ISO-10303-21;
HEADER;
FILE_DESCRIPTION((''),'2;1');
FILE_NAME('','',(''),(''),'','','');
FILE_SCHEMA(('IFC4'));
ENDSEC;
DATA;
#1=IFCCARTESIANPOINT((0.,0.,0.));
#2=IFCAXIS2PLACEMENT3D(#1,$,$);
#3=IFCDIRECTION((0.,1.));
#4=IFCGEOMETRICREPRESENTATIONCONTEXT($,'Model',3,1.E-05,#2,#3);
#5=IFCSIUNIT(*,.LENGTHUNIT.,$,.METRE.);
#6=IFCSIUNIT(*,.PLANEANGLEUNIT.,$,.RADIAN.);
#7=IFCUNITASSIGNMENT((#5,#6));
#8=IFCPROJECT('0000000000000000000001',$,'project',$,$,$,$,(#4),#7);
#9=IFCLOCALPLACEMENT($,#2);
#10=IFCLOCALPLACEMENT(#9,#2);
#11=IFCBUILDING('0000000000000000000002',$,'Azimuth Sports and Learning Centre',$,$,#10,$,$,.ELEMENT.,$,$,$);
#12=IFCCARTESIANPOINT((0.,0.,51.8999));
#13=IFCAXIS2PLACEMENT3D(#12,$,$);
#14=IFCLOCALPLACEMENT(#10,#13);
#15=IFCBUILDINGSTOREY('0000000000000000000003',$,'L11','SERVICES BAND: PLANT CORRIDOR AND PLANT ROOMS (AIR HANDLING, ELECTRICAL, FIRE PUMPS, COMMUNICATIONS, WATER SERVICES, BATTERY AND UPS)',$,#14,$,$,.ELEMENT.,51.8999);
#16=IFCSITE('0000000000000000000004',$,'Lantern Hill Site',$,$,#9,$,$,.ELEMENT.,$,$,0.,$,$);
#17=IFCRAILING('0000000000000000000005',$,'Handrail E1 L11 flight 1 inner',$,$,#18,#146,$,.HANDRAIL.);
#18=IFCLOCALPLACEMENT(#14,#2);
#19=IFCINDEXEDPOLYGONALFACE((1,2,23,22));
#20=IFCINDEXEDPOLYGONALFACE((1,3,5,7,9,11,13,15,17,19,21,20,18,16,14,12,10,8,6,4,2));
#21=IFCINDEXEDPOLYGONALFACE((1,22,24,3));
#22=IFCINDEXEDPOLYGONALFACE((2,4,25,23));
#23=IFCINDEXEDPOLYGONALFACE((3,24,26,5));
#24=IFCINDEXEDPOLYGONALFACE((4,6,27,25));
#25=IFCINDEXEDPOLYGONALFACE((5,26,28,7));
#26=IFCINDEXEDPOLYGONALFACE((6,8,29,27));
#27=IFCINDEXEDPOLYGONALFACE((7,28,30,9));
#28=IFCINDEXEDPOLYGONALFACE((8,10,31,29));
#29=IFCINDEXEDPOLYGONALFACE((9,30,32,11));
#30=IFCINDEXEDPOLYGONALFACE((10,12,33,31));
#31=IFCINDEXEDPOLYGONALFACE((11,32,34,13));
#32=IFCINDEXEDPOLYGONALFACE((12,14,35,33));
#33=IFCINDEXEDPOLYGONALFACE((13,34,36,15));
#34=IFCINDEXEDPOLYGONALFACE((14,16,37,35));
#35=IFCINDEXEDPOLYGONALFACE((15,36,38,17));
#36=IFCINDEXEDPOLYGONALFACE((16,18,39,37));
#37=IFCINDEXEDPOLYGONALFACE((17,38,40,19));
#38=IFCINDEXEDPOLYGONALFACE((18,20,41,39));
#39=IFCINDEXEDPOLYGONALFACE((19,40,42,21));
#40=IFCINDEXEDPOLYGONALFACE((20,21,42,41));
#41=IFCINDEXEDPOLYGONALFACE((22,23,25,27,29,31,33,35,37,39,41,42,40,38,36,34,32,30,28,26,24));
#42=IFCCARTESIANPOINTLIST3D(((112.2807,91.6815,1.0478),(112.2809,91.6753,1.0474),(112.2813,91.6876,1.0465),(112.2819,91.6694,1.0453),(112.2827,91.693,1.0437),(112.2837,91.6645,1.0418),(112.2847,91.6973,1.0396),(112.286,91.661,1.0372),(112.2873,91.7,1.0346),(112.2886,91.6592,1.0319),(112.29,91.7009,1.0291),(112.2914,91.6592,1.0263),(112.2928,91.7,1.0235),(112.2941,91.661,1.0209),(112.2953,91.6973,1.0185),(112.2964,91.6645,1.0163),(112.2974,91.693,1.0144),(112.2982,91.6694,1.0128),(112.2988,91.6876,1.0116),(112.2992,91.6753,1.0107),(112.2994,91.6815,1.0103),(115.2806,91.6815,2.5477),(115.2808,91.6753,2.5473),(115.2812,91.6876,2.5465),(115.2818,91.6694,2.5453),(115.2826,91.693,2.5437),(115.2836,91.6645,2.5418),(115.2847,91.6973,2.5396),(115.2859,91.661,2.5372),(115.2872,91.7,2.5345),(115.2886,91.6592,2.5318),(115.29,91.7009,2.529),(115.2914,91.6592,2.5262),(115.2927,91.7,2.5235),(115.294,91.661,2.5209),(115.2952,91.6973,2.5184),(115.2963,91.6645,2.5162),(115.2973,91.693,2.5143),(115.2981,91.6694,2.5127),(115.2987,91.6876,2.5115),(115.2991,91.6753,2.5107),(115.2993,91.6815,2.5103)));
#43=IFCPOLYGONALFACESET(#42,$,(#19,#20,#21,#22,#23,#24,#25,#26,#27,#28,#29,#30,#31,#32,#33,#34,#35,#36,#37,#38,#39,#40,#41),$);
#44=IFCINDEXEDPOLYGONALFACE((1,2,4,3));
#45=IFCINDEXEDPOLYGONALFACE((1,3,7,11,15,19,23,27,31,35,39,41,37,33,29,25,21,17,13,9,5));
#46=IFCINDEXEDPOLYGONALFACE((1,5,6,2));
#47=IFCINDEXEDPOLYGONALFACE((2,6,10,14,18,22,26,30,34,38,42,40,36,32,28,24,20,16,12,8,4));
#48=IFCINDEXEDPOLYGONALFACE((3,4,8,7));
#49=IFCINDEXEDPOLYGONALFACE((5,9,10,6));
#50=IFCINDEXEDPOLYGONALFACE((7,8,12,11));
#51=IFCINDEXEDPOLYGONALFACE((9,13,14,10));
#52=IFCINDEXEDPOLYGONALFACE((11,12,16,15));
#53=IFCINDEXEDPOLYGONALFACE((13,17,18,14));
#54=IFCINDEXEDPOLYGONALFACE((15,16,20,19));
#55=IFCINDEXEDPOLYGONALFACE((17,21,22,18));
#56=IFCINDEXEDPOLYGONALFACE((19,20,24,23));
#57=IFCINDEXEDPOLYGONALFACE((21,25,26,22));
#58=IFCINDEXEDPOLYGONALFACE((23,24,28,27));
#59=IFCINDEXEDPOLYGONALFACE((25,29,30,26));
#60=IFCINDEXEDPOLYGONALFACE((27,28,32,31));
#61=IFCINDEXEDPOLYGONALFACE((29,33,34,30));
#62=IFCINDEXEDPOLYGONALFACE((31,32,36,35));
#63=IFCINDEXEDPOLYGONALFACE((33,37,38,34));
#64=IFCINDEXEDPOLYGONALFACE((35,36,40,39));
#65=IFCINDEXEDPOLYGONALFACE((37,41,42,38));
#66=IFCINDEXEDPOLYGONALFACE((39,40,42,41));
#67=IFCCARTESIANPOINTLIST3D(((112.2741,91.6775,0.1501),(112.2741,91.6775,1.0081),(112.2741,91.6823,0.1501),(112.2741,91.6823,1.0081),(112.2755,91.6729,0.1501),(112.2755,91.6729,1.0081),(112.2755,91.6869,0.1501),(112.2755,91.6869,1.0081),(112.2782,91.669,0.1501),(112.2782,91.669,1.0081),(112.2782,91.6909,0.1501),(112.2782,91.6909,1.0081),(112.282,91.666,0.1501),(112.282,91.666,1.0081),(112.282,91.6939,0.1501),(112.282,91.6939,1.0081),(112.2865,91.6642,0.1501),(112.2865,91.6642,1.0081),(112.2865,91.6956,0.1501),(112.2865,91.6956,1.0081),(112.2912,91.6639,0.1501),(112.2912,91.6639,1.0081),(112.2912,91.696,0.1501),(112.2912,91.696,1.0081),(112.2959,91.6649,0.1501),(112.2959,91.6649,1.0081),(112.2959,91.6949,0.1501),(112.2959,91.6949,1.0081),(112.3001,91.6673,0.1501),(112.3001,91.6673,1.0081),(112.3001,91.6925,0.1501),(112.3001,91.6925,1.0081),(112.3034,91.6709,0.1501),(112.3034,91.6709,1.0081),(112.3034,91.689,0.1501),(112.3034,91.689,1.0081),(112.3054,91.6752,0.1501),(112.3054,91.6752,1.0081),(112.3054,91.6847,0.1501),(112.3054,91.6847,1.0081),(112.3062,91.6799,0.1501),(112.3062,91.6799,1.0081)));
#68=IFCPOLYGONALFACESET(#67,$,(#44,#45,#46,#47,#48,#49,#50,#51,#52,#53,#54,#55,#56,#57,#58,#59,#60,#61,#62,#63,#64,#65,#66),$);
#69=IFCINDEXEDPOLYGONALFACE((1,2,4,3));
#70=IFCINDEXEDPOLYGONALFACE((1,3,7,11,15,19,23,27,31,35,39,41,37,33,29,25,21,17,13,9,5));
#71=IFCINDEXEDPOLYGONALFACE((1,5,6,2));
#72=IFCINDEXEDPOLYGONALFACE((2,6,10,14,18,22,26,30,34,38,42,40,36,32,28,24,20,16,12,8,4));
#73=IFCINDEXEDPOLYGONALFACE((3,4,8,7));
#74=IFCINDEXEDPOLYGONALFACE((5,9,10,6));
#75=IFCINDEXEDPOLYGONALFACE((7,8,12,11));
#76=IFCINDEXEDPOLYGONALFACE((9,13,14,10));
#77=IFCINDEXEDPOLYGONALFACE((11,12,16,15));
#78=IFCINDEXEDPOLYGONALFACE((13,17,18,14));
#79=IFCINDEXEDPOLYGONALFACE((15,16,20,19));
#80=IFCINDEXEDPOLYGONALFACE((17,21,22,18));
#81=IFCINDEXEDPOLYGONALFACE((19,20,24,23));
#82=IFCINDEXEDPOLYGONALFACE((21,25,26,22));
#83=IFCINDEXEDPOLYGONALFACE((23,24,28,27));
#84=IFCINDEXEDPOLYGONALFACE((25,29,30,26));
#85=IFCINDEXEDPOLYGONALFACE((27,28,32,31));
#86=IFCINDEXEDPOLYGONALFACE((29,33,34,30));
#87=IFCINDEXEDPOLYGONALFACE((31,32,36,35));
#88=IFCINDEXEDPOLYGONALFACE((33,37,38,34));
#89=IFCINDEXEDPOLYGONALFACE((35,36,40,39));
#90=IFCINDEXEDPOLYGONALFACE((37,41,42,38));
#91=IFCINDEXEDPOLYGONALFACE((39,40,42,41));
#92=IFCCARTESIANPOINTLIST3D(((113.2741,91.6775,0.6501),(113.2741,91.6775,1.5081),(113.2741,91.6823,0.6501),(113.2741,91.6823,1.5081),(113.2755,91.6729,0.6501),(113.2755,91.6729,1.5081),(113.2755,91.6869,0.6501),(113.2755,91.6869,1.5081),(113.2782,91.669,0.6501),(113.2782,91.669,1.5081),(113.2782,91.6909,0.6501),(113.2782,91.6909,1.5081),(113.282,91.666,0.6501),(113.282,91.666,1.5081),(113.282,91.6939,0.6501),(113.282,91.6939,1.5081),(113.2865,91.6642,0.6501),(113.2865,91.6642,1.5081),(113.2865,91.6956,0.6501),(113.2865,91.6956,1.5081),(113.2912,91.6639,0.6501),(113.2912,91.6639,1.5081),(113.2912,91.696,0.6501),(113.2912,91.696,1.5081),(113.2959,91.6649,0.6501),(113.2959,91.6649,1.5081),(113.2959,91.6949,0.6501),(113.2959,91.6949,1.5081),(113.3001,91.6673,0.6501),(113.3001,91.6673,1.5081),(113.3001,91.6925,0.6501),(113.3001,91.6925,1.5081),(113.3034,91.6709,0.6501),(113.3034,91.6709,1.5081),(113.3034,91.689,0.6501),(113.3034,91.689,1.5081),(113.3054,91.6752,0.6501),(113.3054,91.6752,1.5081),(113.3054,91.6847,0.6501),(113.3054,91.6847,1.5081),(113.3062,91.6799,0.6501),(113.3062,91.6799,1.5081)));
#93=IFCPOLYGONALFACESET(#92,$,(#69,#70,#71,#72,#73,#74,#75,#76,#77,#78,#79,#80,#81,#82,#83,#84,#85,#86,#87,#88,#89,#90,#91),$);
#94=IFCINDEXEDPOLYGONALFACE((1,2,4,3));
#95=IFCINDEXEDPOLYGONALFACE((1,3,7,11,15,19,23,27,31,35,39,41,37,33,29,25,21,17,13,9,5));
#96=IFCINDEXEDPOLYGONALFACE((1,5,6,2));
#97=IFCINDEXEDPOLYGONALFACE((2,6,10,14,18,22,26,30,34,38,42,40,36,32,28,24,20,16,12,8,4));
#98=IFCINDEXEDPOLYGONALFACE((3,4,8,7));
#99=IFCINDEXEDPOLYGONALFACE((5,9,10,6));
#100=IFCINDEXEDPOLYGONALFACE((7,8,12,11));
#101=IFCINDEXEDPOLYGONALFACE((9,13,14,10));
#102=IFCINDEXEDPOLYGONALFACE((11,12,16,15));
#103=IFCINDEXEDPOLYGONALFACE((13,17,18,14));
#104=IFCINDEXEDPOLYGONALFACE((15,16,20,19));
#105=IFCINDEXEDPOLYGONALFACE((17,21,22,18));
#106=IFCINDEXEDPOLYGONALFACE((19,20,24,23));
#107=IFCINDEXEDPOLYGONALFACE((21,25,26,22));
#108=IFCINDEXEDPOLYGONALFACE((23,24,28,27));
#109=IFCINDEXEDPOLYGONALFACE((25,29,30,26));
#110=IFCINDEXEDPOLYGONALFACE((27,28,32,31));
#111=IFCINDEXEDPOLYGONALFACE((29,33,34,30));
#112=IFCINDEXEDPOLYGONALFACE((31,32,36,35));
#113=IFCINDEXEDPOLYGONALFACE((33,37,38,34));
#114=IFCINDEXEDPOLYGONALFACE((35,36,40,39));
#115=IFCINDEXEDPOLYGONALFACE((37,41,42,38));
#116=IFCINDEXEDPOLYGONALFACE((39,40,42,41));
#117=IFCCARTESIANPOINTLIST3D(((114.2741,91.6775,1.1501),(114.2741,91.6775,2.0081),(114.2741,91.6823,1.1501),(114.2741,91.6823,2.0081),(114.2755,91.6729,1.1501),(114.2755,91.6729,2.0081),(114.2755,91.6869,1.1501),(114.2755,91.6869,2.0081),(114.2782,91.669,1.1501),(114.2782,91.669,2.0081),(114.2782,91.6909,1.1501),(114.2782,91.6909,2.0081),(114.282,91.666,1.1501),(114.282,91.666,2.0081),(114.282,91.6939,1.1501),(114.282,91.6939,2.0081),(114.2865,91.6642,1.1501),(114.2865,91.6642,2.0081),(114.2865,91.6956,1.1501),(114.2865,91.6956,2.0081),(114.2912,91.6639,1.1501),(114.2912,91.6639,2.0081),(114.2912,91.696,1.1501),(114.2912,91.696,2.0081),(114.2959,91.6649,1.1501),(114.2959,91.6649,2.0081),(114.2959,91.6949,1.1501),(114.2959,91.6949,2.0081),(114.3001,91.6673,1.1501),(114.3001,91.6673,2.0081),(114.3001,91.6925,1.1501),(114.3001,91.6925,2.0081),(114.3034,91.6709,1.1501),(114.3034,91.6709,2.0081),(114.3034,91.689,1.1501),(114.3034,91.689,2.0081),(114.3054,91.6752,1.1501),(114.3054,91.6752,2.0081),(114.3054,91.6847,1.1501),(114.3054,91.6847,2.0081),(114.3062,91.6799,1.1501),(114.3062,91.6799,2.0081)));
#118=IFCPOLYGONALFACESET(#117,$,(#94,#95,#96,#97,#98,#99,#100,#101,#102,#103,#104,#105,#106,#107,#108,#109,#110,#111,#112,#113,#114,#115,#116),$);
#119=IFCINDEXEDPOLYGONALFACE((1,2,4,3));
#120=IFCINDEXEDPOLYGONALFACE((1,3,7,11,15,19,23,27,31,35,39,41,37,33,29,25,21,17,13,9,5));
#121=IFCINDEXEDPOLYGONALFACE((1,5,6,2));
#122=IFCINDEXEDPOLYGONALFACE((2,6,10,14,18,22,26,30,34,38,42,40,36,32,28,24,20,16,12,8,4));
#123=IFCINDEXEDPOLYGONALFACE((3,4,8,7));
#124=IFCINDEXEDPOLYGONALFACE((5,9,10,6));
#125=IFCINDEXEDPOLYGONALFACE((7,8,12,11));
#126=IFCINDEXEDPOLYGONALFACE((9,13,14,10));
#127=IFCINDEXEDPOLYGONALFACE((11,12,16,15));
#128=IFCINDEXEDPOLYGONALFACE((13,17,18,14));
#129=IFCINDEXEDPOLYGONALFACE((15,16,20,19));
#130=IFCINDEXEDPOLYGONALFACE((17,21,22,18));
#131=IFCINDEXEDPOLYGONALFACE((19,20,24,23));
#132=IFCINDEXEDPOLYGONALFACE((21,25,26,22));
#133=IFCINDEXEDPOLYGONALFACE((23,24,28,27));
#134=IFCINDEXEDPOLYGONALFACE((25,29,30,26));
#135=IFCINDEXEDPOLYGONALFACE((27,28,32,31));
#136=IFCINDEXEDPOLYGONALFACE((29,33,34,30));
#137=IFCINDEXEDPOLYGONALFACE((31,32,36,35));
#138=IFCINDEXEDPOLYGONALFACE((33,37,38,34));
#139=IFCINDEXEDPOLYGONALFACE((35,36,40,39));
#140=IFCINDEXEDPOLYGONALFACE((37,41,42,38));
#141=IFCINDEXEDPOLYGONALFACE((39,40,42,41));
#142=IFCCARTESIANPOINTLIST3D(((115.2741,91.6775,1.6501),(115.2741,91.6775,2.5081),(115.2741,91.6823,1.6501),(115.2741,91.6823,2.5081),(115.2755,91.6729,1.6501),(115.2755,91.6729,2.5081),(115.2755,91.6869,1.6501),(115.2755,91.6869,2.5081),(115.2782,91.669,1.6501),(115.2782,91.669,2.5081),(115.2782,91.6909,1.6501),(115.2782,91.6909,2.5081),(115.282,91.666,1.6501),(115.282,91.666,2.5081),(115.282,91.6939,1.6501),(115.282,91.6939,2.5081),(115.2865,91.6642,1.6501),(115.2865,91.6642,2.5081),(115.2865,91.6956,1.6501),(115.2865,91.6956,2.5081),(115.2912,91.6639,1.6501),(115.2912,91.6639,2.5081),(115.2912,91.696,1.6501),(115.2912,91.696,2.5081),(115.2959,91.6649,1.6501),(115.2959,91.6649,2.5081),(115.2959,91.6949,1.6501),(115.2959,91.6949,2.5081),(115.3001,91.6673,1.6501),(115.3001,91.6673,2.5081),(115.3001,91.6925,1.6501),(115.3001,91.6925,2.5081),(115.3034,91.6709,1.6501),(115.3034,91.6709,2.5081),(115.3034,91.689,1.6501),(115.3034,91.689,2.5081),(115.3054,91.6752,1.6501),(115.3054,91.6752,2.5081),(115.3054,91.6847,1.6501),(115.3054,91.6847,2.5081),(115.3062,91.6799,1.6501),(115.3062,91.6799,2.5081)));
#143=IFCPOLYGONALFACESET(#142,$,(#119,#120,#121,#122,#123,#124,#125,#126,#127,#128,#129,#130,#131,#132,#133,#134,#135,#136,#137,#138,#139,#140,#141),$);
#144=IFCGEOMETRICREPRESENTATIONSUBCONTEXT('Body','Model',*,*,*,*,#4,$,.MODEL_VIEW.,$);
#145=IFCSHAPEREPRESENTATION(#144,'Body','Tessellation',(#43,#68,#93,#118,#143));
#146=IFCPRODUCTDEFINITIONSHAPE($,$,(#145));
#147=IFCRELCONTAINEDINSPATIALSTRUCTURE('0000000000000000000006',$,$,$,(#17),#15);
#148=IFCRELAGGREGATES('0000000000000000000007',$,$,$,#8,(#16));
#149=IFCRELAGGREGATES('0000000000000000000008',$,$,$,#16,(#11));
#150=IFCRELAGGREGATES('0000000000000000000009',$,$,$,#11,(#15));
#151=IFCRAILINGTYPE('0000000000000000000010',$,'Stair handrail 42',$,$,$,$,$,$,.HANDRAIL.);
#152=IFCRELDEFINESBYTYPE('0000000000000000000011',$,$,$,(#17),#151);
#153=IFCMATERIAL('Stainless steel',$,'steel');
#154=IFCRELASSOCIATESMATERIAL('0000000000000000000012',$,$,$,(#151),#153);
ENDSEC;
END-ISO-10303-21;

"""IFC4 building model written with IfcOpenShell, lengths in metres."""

from ifc_helpers import new_model, si_unit, direction, frame, origin, origin_2d, place, context, subcontext, project, spatial, circle, extrude, material, type_object, element, save


model = new_model("IFC4")

# Units and contexts
model_context = context("Model", 3, precision=1e-05, world=origin(), true_north=direction((0.0, 1.0)))
body_context = subcontext(model_context, "Body", "Model", "MODEL_VIEW")
ifc_project = project(units=[si_unit("LENGTHUNIT", "METRE"), si_unit("PLANEANGLEUNIT", "RADIAN")], contexts=[model_context])

# Site, building, storey
site_placement = place(None, origin())
site = spatial("IfcSite", under=ifc_project, at=site_placement, Name="Lantern Hill Site", CompositionType="ELEMENT", RefElevation=0.0)
building_placement = place(site_placement, origin())
building = spatial("IfcBuilding", under=site, at=building_placement, Name="Azimuth Sports and Learning Centre", CompositionType="ELEMENT")
storey_placement = place(building_placement, frame((0.0, 0.0, 51.8999)))
storey = spatial("IfcBuildingStorey", under=building, at=storey_placement, Name="L11", Description="SERVICES BAND: PLANT CORRIDOR AND PLANT ROOMS (AIR HANDLING, ELECTRICAL, FIRE PUMPS, COMMUNICATIONS, WATER SERVICES, BATTERY AND UPS)", CompositionType="ELEMENT", Elevation=51.8999)

# Railing
ifc_material_1 = material(Name="Stainless steel", Category="steel")
railing_type = type_object("IfcRailingType", Name="Stair handrail 42", PredefinedType="HANDRAIL", material=ifc_material_1)
railing_placement = place(storey_placement, frame((112.29, 91.6799, 0.1501)))
element("IfcRailing", 1, at=railing_placement, inside=storey, type_object=railing_type, Name="Handrail E1 L11 flight 1 inner", PredefinedType="HANDRAIL", context=body_context, shape_type="SweptSolid", body=[
    extrude(circle(Radius=0.021, at=origin_2d()), frame((0.0, 0.0, 0.8789), z_axis=(0.894427, 0.0, 0.447214), x_axis=(0.0, 1.0, 0.0)), (0.0, 0.0, 1.0), 3.354),
    extrude(circle(Radius=0.0161, at=origin_2d()), origin(), (0.0, 0.0, 1.0), 0.8579),
    extrude(circle(Radius=0.0161, at=origin_2d()), frame((1.0, 0.0, 0.5)), (0.0, 0.0, 1.0), 0.8579),
    extrude(circle(Radius=0.0161, at=origin_2d()), frame((2.0, 0.0, 1.0)), (0.0, 0.0, 1.0), 0.8579),
    extrude(circle(Radius=0.0161, at=origin_2d()), frame((3.0, 0.0, 1.5)), (0.0, 0.0, 1.0), 0.8579),
])

save(model, "model.ifc")
